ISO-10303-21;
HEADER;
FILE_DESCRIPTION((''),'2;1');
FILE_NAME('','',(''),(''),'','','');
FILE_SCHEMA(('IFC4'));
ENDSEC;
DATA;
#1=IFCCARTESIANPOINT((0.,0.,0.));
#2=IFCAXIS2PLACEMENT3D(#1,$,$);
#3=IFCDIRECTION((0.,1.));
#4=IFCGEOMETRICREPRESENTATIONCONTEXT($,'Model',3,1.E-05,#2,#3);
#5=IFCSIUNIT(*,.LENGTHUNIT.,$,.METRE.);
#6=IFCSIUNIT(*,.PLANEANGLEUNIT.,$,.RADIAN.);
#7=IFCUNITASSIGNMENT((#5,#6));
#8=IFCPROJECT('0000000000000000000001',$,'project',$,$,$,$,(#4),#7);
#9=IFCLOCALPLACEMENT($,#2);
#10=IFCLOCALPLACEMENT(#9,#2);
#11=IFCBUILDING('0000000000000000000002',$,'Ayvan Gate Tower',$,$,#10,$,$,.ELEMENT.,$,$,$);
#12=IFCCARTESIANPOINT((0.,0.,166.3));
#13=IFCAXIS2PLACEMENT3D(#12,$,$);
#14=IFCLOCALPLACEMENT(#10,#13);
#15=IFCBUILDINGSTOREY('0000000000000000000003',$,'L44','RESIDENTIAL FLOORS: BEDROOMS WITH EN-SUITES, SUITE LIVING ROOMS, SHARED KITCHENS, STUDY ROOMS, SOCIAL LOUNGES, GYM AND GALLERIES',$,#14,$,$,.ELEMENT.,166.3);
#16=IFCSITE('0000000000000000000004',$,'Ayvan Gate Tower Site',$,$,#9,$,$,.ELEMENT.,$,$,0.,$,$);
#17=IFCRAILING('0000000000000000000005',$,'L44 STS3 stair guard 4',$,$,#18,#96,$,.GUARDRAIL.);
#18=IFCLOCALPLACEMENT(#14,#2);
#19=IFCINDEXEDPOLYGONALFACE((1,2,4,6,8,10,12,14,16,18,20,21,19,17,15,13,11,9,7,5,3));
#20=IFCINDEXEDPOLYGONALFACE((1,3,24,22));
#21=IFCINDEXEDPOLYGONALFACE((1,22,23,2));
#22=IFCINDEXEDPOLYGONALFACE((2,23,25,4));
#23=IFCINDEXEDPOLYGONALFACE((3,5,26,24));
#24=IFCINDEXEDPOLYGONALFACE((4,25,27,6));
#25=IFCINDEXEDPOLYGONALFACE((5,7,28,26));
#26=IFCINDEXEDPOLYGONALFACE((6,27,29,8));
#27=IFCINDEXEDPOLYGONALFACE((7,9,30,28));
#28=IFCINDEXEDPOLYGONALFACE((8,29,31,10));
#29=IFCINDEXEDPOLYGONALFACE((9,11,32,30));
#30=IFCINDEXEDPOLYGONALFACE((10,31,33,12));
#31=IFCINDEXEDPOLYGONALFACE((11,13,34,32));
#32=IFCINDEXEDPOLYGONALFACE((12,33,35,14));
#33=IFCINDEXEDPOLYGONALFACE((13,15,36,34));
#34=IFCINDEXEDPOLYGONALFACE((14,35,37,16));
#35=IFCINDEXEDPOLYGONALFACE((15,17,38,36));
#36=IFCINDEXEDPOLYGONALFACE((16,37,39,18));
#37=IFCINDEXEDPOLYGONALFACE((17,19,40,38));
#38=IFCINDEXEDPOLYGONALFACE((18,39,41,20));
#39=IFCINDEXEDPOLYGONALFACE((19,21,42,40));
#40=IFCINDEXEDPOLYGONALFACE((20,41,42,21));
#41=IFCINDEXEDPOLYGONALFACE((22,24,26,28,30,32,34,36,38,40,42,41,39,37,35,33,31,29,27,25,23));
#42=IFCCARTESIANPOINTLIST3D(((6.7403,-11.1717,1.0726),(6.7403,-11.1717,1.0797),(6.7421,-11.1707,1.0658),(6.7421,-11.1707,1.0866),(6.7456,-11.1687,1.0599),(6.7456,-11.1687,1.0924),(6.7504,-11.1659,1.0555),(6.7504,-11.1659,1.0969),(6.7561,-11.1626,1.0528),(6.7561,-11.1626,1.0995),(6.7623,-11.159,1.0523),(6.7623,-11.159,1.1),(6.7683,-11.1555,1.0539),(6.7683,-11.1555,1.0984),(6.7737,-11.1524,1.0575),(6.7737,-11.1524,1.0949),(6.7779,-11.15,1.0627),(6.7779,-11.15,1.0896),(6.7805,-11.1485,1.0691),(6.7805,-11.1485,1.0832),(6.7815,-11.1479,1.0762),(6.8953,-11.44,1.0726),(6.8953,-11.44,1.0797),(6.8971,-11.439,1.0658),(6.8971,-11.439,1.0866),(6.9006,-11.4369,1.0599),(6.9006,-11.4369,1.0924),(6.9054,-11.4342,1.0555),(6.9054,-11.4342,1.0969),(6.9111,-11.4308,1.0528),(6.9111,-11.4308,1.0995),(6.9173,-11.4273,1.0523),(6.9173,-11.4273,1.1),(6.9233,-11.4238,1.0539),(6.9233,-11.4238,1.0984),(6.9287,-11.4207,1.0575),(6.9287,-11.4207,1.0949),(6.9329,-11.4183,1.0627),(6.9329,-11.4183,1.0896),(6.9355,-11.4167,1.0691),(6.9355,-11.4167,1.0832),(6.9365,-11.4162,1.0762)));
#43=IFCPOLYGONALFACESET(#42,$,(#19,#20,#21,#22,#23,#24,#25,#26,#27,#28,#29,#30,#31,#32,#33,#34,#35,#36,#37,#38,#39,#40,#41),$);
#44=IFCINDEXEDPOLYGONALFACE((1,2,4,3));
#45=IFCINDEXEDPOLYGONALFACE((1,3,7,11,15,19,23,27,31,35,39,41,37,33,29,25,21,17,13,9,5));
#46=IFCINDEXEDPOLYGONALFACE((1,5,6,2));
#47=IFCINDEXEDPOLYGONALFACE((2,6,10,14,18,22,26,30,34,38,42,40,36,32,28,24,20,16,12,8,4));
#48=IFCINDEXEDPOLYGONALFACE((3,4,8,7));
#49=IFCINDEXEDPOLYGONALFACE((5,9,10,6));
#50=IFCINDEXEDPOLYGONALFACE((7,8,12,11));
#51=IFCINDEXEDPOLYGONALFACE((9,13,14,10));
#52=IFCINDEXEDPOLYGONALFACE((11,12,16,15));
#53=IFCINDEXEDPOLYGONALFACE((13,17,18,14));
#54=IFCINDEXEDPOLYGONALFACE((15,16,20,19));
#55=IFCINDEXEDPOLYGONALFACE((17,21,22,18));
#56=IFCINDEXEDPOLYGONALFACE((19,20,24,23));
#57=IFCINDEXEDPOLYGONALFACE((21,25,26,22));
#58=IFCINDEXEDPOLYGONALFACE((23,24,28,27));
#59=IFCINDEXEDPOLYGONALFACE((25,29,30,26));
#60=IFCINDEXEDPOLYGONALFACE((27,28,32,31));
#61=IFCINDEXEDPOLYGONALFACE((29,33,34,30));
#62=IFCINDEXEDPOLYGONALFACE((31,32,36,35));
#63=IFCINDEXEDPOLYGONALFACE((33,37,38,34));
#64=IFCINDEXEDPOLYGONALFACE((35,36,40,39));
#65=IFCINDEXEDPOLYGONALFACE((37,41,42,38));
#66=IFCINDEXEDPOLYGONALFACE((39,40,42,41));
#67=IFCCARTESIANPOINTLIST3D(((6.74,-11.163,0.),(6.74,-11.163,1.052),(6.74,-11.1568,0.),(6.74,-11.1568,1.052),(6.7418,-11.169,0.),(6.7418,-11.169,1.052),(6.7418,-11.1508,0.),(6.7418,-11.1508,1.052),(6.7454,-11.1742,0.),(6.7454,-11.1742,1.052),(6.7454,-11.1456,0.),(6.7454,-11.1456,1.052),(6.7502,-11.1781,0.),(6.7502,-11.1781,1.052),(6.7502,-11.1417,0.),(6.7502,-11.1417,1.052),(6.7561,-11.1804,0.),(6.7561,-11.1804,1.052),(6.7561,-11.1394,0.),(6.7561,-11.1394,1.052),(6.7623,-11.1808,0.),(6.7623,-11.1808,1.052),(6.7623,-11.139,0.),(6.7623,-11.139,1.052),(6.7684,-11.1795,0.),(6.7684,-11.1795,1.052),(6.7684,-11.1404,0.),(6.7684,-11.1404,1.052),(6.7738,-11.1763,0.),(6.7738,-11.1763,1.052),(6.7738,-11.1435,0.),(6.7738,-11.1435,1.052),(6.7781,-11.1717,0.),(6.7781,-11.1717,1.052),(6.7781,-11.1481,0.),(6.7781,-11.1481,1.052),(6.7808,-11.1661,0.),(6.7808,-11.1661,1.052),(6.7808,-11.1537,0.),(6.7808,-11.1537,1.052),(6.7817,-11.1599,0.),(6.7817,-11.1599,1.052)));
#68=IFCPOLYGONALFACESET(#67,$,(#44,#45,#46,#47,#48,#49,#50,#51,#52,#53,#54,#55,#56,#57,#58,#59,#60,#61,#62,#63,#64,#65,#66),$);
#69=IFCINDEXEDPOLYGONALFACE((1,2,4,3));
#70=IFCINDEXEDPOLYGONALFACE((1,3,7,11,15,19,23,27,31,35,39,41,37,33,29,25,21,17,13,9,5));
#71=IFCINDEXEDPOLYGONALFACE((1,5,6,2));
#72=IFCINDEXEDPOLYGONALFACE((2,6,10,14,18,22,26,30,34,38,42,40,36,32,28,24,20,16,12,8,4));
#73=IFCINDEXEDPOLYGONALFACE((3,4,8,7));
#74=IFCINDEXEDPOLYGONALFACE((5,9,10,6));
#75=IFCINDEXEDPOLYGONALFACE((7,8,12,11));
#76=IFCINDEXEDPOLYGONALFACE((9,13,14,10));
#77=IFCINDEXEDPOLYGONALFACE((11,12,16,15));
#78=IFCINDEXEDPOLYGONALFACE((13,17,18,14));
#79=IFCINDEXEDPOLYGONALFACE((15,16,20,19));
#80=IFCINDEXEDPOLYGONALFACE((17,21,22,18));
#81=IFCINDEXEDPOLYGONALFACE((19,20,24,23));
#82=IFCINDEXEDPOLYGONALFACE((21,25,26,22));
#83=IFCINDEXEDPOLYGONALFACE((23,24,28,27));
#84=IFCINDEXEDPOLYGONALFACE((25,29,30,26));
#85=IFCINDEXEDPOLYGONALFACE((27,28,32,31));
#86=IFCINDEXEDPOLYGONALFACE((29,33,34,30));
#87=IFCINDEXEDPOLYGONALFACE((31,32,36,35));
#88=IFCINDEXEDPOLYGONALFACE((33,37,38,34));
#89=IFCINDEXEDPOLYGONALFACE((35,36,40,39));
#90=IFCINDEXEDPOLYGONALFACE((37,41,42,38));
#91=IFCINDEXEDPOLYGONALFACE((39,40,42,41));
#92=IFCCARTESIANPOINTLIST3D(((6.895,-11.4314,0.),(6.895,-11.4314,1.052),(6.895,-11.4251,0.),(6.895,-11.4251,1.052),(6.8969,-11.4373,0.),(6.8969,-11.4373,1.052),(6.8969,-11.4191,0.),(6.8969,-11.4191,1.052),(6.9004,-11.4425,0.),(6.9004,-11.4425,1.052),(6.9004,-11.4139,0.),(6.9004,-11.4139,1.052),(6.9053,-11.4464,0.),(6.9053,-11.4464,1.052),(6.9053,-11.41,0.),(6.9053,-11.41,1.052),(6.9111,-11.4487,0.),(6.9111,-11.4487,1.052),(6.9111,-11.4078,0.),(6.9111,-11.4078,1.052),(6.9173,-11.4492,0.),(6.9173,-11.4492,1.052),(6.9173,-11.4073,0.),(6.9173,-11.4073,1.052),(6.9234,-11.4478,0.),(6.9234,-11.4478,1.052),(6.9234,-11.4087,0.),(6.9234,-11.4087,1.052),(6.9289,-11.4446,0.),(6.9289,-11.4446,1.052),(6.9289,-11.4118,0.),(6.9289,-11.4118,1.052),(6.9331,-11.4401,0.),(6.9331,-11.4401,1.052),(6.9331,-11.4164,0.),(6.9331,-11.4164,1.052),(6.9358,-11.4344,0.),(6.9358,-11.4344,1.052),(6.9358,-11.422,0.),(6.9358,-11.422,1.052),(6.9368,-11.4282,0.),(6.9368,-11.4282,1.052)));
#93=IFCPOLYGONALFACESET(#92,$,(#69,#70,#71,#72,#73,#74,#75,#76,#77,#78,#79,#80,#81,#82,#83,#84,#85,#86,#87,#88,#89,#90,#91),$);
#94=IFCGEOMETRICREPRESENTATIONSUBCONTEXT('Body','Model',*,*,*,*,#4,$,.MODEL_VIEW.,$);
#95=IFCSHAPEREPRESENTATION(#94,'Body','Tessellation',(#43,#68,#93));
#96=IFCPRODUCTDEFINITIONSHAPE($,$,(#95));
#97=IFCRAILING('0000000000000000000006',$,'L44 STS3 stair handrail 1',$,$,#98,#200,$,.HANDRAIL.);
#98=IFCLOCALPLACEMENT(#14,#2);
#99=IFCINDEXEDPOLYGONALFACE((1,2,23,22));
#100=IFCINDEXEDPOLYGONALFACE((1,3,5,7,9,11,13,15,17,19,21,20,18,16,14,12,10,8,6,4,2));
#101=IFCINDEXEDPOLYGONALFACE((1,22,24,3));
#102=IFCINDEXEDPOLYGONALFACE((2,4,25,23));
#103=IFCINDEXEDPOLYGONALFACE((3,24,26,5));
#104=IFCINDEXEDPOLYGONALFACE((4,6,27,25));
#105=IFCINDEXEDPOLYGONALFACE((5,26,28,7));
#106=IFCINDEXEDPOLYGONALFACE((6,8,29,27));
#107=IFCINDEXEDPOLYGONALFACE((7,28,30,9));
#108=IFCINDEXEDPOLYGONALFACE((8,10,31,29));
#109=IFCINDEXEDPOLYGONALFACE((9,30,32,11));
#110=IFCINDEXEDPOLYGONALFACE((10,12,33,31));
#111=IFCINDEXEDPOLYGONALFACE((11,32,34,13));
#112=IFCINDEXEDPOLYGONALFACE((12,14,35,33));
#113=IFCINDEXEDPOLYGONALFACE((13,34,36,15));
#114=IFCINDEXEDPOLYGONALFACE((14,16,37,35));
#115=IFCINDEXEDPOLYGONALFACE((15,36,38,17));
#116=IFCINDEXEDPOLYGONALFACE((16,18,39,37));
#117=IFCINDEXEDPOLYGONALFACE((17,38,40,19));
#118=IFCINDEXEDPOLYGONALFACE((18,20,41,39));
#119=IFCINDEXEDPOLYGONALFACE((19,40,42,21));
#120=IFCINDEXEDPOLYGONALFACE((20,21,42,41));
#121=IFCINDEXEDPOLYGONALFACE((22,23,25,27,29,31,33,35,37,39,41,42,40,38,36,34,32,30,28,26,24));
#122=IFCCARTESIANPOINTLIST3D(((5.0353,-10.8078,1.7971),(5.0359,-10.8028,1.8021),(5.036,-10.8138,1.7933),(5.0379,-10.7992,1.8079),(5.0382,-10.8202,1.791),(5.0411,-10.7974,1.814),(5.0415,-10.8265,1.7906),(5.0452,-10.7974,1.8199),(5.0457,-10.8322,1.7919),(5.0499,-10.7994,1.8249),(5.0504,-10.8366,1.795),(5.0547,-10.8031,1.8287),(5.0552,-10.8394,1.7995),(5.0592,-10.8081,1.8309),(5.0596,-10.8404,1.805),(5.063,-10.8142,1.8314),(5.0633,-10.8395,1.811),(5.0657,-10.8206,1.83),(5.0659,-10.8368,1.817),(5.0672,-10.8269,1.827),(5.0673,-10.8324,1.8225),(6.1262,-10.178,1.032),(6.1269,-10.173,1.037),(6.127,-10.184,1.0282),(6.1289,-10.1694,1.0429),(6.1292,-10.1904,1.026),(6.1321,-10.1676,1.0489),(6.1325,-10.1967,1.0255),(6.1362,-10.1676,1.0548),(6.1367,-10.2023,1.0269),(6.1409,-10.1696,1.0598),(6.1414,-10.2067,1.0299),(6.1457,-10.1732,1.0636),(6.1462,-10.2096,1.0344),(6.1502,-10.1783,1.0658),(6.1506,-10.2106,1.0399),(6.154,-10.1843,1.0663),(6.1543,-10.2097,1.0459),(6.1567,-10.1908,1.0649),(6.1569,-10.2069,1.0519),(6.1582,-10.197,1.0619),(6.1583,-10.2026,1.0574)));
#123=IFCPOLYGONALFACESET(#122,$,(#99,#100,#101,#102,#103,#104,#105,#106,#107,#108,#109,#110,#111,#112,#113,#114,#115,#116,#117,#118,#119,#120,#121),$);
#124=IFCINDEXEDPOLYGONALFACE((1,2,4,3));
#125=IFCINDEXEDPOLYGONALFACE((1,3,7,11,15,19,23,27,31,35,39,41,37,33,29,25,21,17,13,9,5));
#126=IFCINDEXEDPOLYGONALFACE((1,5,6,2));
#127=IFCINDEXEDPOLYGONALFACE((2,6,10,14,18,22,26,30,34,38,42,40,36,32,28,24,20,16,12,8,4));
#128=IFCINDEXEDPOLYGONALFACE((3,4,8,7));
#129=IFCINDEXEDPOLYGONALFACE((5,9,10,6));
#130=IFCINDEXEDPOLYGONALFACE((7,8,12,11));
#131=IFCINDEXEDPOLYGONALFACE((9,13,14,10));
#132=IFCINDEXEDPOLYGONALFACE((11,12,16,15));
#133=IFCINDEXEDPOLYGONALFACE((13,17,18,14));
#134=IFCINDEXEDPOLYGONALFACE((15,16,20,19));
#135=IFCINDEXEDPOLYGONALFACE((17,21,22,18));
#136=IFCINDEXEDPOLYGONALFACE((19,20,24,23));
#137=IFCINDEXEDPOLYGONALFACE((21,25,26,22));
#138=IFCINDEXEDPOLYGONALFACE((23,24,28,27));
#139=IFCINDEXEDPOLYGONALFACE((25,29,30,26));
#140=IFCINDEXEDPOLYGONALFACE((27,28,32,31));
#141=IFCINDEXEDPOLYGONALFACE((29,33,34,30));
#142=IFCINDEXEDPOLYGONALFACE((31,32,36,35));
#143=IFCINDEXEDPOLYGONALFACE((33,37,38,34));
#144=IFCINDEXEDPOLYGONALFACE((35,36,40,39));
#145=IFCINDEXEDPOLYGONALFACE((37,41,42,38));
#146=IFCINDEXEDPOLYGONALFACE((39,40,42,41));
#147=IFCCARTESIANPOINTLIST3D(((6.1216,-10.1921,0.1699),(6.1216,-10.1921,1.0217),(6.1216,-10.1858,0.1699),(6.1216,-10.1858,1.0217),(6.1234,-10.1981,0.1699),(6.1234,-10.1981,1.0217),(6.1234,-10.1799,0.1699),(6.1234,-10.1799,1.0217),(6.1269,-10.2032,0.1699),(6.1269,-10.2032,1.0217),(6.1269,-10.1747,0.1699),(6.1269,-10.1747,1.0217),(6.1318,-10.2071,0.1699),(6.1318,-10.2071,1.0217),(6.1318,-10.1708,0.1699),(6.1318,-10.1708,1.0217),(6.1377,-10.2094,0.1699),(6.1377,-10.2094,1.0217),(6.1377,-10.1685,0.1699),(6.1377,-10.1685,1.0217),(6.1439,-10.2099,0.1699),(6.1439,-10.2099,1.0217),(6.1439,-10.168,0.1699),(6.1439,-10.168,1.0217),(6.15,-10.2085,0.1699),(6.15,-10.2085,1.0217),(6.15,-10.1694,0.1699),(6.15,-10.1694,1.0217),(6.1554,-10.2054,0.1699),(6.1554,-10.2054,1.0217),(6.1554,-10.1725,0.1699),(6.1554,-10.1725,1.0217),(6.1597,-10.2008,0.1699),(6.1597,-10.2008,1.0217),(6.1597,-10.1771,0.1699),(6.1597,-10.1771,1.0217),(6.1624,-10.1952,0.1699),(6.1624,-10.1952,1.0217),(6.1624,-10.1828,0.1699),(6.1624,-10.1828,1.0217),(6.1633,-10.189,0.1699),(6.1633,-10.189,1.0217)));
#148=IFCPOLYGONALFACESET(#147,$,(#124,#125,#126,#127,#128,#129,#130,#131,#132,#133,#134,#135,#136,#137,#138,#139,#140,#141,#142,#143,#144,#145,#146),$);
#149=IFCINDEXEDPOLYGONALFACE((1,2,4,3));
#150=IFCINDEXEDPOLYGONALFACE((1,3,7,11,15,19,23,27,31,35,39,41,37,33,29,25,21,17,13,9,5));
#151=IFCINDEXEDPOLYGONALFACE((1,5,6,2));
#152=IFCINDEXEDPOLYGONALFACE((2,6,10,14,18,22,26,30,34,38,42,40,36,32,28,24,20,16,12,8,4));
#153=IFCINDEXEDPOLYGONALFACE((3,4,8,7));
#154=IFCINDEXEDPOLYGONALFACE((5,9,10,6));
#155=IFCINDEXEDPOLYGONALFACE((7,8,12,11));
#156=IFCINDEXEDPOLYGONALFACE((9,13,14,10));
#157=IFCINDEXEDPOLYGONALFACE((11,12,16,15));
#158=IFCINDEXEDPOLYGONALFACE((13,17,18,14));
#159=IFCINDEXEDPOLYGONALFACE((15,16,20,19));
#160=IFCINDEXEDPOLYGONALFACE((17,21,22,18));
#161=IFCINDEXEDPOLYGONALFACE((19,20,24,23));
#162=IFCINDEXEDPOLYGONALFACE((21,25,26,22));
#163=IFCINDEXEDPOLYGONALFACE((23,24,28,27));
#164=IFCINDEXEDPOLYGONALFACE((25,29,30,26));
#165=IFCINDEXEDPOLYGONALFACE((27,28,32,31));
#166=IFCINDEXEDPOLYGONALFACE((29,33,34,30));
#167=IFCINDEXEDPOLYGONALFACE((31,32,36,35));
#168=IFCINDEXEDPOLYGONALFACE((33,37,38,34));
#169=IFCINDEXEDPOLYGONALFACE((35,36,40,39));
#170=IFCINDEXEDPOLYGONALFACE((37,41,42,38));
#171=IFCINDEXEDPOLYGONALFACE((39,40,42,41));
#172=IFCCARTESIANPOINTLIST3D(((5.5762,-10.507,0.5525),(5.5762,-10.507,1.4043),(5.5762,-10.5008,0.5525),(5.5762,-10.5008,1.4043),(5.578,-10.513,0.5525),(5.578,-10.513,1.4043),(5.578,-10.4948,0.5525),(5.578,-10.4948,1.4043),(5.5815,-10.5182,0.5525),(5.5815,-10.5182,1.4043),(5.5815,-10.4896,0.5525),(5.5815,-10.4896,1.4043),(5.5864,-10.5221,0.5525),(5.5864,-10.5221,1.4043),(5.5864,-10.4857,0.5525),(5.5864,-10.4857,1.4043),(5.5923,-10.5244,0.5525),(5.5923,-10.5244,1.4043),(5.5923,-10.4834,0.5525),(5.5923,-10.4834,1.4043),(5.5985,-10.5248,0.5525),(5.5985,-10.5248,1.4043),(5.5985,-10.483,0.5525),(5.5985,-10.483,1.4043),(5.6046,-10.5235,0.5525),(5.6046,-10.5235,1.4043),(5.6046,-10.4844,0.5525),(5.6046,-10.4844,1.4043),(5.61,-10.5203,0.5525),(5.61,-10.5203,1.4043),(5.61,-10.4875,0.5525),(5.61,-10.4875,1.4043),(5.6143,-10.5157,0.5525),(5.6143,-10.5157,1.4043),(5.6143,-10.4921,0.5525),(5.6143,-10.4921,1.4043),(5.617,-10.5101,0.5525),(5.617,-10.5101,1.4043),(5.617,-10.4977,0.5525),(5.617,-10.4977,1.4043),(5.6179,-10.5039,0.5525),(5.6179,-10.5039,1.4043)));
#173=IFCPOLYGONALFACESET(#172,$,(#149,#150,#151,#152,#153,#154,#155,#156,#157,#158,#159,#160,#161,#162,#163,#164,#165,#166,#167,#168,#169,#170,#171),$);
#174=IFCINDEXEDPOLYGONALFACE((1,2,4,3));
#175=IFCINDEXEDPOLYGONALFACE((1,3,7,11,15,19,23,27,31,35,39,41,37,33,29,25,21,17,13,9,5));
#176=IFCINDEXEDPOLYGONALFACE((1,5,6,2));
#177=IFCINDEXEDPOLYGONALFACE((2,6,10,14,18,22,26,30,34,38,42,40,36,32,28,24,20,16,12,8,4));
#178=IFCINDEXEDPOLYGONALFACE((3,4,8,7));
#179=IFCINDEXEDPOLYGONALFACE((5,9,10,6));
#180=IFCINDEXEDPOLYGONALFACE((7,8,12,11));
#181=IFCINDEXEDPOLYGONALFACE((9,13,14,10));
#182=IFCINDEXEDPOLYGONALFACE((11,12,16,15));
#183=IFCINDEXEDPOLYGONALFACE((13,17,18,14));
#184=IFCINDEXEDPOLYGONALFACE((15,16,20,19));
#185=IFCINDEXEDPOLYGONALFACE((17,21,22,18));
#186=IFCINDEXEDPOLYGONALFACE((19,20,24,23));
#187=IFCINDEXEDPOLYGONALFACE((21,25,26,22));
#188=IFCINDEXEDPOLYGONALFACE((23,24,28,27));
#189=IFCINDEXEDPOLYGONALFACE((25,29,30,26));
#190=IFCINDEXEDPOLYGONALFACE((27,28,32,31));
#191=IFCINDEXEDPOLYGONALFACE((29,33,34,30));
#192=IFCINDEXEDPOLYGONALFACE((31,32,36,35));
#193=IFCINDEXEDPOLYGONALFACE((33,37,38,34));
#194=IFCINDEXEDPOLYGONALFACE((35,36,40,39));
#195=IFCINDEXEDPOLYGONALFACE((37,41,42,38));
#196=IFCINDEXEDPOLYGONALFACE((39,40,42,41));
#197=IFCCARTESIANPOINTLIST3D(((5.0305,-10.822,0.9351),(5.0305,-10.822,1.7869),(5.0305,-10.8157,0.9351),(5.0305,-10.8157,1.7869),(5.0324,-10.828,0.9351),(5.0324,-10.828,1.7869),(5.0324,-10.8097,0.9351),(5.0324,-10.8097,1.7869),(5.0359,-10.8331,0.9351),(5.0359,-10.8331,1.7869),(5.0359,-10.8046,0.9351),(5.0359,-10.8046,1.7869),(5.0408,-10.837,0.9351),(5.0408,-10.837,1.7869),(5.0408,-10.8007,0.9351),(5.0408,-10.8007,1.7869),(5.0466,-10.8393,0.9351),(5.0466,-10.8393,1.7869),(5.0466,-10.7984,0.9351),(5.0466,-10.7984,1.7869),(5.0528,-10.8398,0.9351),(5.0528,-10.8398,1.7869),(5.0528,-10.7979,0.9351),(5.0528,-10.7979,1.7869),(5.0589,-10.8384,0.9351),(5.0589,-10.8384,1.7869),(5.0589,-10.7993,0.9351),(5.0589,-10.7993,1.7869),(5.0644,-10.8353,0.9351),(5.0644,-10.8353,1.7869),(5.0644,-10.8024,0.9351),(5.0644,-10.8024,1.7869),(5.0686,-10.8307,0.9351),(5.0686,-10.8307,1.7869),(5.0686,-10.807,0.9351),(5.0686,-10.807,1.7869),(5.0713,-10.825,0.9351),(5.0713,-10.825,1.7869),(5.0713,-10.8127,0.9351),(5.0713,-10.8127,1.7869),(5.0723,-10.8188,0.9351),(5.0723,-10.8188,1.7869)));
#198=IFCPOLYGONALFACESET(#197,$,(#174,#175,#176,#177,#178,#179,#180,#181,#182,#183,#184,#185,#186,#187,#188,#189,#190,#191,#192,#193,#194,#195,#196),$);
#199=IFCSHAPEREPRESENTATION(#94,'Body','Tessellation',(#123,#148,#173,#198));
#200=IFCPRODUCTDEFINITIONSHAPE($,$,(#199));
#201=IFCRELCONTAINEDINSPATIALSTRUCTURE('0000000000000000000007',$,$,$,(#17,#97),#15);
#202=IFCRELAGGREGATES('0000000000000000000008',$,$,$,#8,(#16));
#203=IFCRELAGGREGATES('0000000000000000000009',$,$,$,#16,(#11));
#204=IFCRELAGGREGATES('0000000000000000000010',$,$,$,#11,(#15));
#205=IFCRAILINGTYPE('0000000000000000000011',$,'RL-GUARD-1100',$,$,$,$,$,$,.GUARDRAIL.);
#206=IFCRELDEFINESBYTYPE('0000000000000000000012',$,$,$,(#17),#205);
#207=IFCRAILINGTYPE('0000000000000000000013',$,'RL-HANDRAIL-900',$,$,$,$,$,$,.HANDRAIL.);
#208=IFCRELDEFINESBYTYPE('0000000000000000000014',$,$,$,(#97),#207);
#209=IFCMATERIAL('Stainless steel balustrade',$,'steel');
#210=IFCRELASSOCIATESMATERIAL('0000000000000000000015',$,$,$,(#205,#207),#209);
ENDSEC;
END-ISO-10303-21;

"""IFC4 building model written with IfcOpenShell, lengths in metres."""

from ifc_helpers import new_model, si_unit, direction, frame, origin, origin_2d, place, context, subcontext, project, spatial, circle, extrude, material, type_object, element, save


model = new_model("IFC4")

# Units and contexts
model_context = context("Model", 3, precision=1e-05, world=origin(), true_north=direction((0.0, 1.0)))
body_context = subcontext(model_context, "Body", "Model", "MODEL_VIEW")
ifc_project = project(units=[si_unit("LENGTHUNIT", "METRE"), si_unit("PLANEANGLEUNIT", "RADIAN")], contexts=[model_context])

# Site, building, storey
site_placement = place(None, origin())
site = spatial("IfcSite", under=ifc_project, at=site_placement, Name="Ayvan Gate Tower Site", CompositionType="ELEMENT", RefElevation=0.0)
building_placement = place(site_placement, origin())
building = spatial("IfcBuilding", under=site, at=building_placement, Name="Ayvan Gate Tower", CompositionType="ELEMENT")
storey_placement = place(building_placement, frame((0.0, 0.0, 166.3)))
storey = spatial("IfcBuildingStorey", under=building, at=storey_placement, Name="L44", Description="RESIDENTIAL FLOORS: BEDROOMS WITH EN-SUITES, SUITE LIVING ROOMS, SHARED KITCHENS, STUDY ROOMS, SOCIAL LOUNGES, GYM AND GALLERIES", CompositionType="ELEMENT", Elevation=166.3)

# Railings
ifc_material_1 = material(Name="Stainless steel balustrade", Category="steel")
railing_type_1 = type_object("IfcRailingType", Name="RL-GUARD-1100", PredefinedType="GUARDRAIL", material=ifc_material_1)
railing_1_placement = place(storey_placement, frame((6.7607, -11.1599, 0.0)))
element("IfcRailing", 1, at=railing_1_placement, inside=storey, type_object=railing_type_1, Name="L44 STS3 stair guard 4", PredefinedType="GUARDRAIL", context=body_context, shape_type="SweptSolid", body=[
    extrude(circle(Radius=0.0239, at=origin_2d()), frame((0.0, 0.0, 1.0762), z_axis=(0.500291, -0.865857, 0.0), x_axis=(0.865857, 0.500291, 0.0)), (0.0, 0.0, 1.0), 0.3098),
    extrude(circle(Radius=0.021, at=origin_2d()), origin(), (0.0, 0.0, 1.0), 1.052),
    extrude(circle(Radius=0.021, at=origin_2d()), frame((0.155, -0.2683, 0.0)), (0.0, 0.0, 1.0), 1.052),
])
railing_type_2 = type_object("IfcRailingType", Name="RL-HANDRAIL-900", PredefinedType="HANDRAIL", material=ifc_material_1)
railing_2_placement = place(storey_placement, frame((6.1423, -10.189, 0.1699)))
element("IfcRailing", 2, at=railing_2_placement, inside=storey, type_object=railing_type_2, Name="L44 STS3 stair handrail 1", PredefinedType="HANDRAIL", context=body_context, shape_type="SweptSolid", body=[
    extrude(circle(Radius=0.0239, at=origin_2d()), frame((0.0, 0.0, 0.876), z_axis=(-0.740218, -0.427336, 0.519097), x_axis=(0.499974, -0.86604, 0.0)), (0.0, 0.0, 1.0), 1.4739),
    extrude(circle(Radius=0.021, at=origin_2d()), origin(), (0.0, 0.0, 1.0), 0.8518),
    extrude(circle(Radius=0.021, at=origin_2d()), frame((-0.5454, -0.3149, 0.3826)), (0.0, 0.0, 1.0), 0.8518),
    extrude(circle(Radius=0.021, at=origin_2d()), frame((-1.0911, -0.6299, 0.7651)), (0.0, 0.0, 1.0), 0.8518),
])

save(model, "model.ifc")
